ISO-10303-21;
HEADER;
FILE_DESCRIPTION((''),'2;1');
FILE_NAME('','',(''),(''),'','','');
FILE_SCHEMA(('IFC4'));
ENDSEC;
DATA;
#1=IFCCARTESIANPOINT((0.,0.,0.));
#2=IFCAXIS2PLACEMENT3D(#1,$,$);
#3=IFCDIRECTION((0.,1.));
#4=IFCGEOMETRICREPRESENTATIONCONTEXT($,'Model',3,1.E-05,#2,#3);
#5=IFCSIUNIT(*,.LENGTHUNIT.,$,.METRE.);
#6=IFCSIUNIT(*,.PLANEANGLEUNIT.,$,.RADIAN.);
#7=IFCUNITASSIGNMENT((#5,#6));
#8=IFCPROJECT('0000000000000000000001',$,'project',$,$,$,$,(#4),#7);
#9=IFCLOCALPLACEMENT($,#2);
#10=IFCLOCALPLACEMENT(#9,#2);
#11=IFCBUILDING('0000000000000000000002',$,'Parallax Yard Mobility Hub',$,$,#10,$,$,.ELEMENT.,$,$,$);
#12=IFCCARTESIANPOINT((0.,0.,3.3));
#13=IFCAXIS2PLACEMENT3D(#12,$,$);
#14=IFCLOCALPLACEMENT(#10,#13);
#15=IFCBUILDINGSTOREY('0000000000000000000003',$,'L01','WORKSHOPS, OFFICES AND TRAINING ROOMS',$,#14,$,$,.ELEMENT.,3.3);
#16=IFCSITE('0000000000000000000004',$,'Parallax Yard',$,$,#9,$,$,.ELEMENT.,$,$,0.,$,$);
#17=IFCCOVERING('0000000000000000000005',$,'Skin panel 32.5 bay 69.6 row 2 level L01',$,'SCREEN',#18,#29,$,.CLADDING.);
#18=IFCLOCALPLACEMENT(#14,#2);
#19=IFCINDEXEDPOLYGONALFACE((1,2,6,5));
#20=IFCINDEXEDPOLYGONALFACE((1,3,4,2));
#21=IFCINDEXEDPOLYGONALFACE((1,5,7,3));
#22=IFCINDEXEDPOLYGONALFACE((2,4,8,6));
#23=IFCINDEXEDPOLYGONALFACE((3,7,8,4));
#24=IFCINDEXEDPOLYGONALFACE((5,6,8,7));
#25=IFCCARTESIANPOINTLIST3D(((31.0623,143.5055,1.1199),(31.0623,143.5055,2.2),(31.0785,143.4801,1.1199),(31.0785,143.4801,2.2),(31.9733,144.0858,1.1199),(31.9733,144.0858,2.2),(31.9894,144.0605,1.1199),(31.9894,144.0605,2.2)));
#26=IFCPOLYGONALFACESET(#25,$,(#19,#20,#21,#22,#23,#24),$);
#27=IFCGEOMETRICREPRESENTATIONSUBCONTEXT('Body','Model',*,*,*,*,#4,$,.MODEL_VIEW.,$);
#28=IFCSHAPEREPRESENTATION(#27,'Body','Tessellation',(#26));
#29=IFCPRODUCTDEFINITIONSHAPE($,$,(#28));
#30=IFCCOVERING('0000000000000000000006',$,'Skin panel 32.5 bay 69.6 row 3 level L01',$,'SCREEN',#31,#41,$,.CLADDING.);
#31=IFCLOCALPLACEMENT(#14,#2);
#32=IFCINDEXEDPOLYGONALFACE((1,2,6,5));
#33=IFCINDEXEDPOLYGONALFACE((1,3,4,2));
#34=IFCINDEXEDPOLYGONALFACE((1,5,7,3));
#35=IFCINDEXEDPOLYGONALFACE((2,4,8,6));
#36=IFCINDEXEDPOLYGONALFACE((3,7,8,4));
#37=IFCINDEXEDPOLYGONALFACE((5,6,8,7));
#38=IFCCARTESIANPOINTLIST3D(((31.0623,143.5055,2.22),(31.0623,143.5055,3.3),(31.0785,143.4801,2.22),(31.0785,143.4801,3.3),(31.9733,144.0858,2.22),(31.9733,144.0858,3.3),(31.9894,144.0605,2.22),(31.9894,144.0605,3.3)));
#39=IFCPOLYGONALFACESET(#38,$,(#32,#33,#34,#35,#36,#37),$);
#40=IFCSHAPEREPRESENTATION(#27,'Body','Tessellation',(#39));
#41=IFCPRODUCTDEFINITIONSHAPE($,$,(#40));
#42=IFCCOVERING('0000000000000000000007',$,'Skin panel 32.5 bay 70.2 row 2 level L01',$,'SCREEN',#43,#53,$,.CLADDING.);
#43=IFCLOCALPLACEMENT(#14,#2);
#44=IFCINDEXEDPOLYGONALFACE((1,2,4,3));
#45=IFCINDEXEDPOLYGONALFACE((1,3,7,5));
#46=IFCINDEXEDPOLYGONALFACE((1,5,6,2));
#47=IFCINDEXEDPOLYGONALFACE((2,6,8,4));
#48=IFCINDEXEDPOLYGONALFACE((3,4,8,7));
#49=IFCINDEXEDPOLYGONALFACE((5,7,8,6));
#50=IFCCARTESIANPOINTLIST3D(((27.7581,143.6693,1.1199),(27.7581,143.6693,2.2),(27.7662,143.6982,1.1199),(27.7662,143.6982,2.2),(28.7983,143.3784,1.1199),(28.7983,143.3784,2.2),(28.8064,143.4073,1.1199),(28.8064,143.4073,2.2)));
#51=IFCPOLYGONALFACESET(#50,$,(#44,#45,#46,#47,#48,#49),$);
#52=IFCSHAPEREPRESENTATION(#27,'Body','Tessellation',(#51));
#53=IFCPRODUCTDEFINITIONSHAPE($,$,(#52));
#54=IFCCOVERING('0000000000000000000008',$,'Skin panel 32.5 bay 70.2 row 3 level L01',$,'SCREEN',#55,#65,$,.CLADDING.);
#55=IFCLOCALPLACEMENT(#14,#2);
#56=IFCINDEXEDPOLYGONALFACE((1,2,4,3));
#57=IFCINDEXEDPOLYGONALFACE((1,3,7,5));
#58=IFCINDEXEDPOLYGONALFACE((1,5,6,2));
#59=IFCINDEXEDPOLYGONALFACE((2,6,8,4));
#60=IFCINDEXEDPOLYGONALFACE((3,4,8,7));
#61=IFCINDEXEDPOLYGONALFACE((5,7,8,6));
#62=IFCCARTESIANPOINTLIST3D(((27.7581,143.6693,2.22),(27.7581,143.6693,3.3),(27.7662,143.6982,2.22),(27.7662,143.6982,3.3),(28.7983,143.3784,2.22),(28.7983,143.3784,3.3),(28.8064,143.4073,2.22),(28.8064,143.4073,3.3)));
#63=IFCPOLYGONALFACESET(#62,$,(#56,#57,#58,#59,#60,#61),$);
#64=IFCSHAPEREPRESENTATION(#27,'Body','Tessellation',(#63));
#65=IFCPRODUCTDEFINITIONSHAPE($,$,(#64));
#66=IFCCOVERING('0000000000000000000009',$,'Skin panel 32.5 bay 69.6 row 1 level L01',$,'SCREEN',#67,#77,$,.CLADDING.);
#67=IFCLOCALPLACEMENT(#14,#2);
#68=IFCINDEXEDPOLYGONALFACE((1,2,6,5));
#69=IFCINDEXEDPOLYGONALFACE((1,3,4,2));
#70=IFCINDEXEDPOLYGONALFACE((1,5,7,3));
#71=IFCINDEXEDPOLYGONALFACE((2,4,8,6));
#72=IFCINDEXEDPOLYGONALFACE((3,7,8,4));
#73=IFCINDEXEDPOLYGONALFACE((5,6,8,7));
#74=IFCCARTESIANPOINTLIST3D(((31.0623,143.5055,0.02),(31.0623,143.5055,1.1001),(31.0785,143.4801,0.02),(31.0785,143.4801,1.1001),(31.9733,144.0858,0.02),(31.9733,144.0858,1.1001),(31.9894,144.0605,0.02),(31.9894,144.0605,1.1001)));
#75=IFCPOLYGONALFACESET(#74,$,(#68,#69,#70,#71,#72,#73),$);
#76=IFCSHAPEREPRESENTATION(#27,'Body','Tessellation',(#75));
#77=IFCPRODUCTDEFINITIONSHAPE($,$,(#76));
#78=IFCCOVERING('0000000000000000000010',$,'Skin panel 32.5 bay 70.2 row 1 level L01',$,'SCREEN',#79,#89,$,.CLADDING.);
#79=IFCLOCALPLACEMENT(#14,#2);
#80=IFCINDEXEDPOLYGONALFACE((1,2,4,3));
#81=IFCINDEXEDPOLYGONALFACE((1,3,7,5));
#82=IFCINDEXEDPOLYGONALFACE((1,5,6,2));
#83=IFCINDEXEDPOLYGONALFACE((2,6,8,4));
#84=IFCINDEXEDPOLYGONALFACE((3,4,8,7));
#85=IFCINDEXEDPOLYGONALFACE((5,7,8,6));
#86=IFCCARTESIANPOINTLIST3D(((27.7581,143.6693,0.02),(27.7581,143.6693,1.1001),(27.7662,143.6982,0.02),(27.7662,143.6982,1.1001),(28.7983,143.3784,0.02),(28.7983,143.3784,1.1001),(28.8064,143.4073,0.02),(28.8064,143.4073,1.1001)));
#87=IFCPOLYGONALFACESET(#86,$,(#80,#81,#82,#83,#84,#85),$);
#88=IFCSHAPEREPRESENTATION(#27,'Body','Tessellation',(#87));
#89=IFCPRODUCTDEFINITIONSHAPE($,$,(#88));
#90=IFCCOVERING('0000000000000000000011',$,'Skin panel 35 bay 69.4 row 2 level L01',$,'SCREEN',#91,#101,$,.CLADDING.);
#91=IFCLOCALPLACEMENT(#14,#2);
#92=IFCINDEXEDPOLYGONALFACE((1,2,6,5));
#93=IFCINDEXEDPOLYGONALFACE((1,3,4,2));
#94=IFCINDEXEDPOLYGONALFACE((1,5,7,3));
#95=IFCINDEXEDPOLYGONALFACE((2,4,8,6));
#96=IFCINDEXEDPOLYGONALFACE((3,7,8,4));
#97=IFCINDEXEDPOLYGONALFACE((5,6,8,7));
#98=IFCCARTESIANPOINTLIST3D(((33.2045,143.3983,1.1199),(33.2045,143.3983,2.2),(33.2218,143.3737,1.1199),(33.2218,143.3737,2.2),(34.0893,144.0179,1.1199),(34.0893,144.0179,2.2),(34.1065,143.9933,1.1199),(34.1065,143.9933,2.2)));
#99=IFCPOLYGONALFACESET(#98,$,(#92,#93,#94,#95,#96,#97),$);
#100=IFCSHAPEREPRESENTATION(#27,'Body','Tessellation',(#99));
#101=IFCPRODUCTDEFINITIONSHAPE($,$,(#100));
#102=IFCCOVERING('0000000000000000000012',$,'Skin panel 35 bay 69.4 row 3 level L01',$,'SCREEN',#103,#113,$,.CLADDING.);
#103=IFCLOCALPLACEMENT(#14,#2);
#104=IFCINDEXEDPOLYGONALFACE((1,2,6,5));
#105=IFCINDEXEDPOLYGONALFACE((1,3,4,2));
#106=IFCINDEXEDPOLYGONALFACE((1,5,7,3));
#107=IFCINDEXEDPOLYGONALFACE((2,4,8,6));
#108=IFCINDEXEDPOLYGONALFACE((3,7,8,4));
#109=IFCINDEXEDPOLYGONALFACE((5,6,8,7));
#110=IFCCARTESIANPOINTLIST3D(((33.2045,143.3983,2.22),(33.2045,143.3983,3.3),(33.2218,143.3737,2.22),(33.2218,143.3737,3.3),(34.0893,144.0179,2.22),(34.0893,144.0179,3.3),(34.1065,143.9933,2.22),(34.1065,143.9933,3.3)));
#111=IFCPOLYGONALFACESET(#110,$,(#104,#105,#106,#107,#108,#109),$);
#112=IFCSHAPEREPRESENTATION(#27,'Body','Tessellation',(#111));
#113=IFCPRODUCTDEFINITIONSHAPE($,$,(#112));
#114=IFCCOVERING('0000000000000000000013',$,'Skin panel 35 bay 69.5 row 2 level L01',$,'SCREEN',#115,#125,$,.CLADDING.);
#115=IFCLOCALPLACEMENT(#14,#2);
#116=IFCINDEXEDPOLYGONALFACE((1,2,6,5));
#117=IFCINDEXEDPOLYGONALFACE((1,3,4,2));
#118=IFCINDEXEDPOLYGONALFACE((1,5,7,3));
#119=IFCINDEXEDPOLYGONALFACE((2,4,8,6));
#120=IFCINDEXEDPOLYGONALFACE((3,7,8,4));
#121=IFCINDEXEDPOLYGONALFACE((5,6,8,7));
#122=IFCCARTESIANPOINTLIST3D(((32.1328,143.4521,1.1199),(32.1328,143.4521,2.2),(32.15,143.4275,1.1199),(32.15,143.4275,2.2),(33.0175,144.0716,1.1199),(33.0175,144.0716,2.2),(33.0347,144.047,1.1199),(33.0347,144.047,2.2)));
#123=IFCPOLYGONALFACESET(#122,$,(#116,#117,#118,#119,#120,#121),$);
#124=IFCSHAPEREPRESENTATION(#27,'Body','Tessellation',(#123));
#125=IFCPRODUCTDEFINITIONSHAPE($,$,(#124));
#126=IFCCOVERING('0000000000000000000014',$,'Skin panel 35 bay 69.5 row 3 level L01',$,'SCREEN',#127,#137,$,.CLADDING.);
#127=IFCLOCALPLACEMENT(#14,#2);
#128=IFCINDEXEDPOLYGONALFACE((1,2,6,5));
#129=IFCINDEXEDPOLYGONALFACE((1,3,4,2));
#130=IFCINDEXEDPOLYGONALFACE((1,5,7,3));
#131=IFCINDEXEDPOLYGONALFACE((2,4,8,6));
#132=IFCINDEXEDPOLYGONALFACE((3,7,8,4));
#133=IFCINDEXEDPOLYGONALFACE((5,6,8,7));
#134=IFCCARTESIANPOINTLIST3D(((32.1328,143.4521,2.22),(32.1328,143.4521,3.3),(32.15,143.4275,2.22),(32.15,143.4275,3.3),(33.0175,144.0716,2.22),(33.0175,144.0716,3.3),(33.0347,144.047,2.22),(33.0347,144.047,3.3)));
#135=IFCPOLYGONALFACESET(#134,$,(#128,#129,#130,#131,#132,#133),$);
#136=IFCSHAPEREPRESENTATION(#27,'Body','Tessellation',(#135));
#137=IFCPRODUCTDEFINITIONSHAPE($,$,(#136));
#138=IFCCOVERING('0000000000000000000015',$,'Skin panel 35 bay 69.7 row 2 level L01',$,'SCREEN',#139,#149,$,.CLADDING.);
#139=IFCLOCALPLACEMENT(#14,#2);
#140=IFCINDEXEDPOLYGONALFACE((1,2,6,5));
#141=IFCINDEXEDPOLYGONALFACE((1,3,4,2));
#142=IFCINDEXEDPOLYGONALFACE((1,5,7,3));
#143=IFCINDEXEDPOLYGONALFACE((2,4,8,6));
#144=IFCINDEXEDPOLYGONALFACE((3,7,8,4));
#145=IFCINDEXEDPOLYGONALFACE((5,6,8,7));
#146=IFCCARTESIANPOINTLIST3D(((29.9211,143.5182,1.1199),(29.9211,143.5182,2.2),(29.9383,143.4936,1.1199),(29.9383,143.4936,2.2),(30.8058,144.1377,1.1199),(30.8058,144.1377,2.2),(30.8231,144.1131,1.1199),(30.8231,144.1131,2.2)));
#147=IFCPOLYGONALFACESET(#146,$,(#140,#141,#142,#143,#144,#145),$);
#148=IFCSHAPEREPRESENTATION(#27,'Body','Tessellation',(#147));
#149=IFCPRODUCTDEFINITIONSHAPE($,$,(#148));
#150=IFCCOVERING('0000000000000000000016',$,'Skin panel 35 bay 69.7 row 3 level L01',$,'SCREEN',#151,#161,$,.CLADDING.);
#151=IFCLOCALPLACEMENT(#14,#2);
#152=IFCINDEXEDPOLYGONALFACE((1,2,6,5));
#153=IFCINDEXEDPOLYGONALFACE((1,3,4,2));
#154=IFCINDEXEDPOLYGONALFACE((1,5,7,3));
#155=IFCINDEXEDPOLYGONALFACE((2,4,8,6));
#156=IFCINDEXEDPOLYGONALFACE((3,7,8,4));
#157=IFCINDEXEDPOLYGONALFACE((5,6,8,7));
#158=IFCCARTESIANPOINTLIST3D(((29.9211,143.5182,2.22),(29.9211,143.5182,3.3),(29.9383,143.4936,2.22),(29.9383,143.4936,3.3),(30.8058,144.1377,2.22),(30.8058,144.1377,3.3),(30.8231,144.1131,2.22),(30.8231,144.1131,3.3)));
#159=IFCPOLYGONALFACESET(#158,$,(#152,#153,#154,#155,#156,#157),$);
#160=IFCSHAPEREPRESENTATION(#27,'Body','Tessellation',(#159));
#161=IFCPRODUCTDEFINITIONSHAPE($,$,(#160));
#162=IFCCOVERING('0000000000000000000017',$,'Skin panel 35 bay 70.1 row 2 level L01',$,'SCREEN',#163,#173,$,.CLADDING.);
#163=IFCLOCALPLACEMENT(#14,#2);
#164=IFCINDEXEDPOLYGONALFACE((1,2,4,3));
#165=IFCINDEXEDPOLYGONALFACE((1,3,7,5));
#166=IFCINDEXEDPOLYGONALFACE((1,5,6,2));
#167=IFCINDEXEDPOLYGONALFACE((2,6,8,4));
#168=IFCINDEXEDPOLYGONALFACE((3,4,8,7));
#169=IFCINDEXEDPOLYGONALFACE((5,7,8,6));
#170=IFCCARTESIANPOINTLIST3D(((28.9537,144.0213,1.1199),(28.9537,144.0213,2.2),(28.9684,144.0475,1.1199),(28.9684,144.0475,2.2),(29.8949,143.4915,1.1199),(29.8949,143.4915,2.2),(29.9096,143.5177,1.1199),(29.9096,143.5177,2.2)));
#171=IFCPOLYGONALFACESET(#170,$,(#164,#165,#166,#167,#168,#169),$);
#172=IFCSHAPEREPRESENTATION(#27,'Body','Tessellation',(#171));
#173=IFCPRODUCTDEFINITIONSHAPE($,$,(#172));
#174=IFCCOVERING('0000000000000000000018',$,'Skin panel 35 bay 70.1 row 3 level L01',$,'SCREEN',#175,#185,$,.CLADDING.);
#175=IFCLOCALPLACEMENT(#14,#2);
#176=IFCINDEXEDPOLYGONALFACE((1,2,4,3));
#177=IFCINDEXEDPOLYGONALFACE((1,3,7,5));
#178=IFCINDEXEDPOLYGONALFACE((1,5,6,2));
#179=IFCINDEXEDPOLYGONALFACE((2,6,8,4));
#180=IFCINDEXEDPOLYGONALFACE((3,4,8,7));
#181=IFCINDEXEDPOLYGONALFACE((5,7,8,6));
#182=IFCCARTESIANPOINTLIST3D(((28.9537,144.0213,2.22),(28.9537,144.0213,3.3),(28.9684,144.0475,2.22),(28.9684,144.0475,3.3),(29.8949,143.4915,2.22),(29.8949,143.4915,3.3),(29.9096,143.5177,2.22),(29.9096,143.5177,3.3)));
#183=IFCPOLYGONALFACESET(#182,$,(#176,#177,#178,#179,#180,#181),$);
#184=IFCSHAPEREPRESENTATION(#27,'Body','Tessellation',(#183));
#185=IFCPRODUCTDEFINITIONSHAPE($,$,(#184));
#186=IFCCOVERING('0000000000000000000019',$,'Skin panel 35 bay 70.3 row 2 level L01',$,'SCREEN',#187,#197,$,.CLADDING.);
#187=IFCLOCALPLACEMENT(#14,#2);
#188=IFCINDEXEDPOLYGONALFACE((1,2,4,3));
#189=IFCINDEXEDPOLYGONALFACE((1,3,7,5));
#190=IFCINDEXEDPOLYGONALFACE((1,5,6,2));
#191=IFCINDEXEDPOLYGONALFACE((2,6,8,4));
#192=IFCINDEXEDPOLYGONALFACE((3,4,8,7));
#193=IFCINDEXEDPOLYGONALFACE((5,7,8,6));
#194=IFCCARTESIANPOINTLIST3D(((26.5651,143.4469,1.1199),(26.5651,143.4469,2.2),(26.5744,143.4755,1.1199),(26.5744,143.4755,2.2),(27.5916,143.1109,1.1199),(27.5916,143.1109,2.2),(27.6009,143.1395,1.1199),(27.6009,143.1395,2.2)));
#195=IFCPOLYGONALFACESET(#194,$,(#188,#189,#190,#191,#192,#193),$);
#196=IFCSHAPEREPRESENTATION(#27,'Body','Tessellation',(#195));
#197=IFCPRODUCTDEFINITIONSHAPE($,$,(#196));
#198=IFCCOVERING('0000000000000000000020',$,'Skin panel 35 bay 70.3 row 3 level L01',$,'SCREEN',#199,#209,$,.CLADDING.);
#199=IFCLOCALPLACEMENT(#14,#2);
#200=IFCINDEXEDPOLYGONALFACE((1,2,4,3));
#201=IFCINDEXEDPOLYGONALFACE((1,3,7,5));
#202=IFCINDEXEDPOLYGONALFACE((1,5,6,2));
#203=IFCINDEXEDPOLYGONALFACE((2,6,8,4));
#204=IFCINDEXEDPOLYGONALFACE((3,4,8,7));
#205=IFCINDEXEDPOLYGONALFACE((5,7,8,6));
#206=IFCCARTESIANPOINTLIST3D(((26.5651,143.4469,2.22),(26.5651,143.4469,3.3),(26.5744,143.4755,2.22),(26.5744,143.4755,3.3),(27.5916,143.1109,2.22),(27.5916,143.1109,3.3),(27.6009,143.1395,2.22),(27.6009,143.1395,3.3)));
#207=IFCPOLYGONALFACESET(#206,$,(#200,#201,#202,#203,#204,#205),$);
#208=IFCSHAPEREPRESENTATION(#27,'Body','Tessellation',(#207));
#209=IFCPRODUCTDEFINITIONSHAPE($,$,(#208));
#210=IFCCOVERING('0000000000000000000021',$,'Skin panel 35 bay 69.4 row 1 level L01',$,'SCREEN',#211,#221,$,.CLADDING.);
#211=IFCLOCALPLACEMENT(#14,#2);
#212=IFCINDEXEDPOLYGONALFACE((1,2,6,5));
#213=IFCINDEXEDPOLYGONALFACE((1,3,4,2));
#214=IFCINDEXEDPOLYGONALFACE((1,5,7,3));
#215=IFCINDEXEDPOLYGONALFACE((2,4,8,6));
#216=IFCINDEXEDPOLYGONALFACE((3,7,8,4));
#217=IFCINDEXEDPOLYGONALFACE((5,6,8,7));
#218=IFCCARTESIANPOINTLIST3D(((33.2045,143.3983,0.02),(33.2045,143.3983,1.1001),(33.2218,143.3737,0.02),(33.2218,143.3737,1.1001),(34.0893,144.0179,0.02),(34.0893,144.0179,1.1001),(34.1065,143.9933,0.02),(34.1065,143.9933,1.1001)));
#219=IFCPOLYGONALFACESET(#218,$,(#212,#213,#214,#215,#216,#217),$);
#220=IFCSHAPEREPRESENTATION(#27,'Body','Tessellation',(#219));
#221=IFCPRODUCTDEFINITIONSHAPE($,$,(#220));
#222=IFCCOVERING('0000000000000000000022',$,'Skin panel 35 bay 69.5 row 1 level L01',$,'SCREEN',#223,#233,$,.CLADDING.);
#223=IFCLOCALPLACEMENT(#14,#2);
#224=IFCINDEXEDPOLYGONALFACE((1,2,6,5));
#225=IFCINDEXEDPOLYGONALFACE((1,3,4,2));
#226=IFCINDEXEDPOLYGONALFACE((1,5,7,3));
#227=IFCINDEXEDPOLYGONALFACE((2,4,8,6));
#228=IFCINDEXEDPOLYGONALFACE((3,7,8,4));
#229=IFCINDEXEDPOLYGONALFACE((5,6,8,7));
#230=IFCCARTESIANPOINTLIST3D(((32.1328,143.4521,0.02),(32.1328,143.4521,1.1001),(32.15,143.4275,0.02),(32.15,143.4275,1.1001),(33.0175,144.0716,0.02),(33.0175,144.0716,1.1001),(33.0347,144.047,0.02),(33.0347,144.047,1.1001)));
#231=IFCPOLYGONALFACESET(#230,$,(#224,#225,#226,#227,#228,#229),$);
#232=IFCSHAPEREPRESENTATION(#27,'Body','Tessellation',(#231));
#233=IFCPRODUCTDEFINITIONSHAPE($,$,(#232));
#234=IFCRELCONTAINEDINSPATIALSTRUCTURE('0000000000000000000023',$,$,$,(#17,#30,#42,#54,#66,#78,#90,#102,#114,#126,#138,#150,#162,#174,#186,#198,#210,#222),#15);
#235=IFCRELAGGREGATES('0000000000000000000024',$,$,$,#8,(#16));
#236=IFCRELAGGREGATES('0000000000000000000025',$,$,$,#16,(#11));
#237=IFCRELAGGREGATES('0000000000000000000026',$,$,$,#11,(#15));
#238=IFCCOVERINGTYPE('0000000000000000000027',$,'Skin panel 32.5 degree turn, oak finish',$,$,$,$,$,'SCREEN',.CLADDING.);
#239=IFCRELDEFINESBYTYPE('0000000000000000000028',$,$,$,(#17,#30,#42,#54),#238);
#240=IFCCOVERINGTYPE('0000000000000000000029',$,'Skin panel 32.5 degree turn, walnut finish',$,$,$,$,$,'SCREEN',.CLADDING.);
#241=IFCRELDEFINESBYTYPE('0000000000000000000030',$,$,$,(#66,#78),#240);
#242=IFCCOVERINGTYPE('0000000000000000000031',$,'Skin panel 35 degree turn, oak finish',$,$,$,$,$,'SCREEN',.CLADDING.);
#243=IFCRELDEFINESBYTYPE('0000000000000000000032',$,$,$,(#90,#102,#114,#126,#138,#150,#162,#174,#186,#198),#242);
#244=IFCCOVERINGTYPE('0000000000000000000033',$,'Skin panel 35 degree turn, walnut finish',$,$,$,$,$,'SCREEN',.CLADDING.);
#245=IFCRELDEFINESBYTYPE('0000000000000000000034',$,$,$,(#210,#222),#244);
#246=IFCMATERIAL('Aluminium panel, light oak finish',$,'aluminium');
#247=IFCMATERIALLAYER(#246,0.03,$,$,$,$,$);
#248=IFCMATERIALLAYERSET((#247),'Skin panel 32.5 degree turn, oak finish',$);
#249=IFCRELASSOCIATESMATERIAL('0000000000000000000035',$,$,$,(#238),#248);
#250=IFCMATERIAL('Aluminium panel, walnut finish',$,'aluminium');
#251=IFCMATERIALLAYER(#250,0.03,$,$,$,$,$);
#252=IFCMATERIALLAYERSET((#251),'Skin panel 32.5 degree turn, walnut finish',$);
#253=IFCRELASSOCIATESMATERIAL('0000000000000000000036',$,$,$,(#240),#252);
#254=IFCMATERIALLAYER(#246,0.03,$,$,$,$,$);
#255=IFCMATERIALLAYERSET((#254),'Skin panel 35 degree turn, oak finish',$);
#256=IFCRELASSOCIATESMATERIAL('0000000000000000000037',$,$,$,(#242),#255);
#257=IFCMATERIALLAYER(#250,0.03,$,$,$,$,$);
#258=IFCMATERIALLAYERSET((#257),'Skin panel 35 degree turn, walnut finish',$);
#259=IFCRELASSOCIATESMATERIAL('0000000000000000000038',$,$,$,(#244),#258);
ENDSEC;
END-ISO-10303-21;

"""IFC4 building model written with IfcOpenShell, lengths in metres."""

from ifc_helpers import new_model, si_unit, direction, frame, origin, origin_2d, place, context, subcontext, project, spatial, rectangle, extrude, material, layer, layer_set, type_object, element, save


model = new_model("IFC4")

# Units and contexts
model_context = context("Model", 3, precision=1e-05, world=origin(), true_north=direction((0.0, 1.0)))
body_context = subcontext(model_context, "Body", "Model", "MODEL_VIEW")
ifc_project = project(units=[si_unit("LENGTHUNIT", "METRE"), si_unit("PLANEANGLEUNIT", "RADIAN")], contexts=[model_context])

# Site, building, storey
site_placement = place(None, origin())
site = spatial("IfcSite", under=ifc_project, at=site_placement, Name="Parallax Yard", CompositionType="ELEMENT", RefElevation=0.0)
building_placement = place(site_placement, origin())
building = spatial("IfcBuilding", under=site, at=building_placement, Name="Parallax Yard Mobility Hub", CompositionType="ELEMENT")
storey_placement = place(building_placement, frame((0.0, 0.0, 3.3)))
storey = spatial("IfcBuildingStorey", under=building, at=storey_placement, Name="L01", Description="WORKSHOPS, OFFICES AND TRAINING ROOMS", CompositionType="ELEMENT", Elevation=3.3)

# Coverings
ifc_material_1 = material(Name="Aluminium panel, light oak finish", Category="aluminium")
ifc_layer_1 = layer(ifc_material_1, 0.03)
ifc_layer_set_1 = layer_set([ifc_layer_1], Name="Skin panel 32.5 degree turn, oak finish")
covering_type_1 = type_object("IfcCoveringType", Name="Skin panel 32.5 degree turn, oak finish", ElementType="SCREEN", PredefinedType="CLADDING", material=ifc_layer_set_1)
for number, where, z_axis, x_axis, name in (
    (1, (31.5259, 143.783, 1.1199), (0.0, 0.0, 1.0), (0.843391, 0.5373, 0.0), "Skin panel 32.5 bay 69.6 row 2 level L01"),
    (2, (31.5259, 143.783, 2.22), (0.0, 0.0, 1.0), (0.843391, 0.5373, 0.0), "Skin panel 32.5 bay 69.6 row 3 level L01"),
    (3, (28.2822, 143.5383, 1.1199), (0.0, 0.0, 1.0), (-0.963045, 0.26934, 0.0), "Skin panel 32.5 bay 70.2 row 2 level L01"),
    (4, (28.2822, 143.5383, 2.22), (0.0, 0.0, 1.0), (-0.963045, 0.26934, 0.0), "Skin panel 32.5 bay 70.2 row 3 level L01"),
):
    element("IfcCovering", number, at=place(storey_placement, frame(where, z_axis=z_axis, x_axis=x_axis)), inside=storey, type_object=covering_type_1, Name=name, ObjectType="SCREEN", PredefinedType="CLADDING", context=body_context, shape_type="SweptSolid", body=[
        extrude(rectangle(XDim=1.0801, YDim=0.03, at=origin_2d()), origin(), (0.0, 0.0, 1.0), 1.0801),
    ])
ifc_material_2 = material(Name="Aluminium panel, walnut finish", Category="aluminium")
ifc_layer_2 = layer(ifc_material_2, 0.03)
ifc_layer_set_2 = layer_set([ifc_layer_2], Name="Skin panel 32.5 degree turn, walnut finish")
covering_type_2 = type_object("IfcCoveringType", Name="Skin panel 32.5 degree turn, walnut finish", ElementType="SCREEN", PredefinedType="CLADDING", material=ifc_layer_set_2)
for number, where, z_axis, x_axis, name in (
    (5, (31.5259, 143.783, 0.02), (0.0, 0.0, 1.0), (0.843391, 0.5373, 0.0), "Skin panel 32.5 bay 69.6 row 1 level L01"),
    (6, (28.2822, 143.5383, 0.02), (0.0, 0.0, 1.0), (-0.963045, 0.26934, 0.0), "Skin panel 32.5 bay 70.2 row 1 level L01"),
):
    element("IfcCovering", number, at=place(storey_placement, frame(where, z_axis=z_axis, x_axis=x_axis)), inside=storey, type_object=covering_type_2, Name=name, ObjectType="SCREEN", PredefinedType="CLADDING", context=body_context, shape_type="SweptSolid", body=[
        extrude(rectangle(XDim=1.0801, YDim=0.03, at=origin_2d()), origin(), (0.0, 0.0, 1.0), 1.0801),
    ])
ifc_layer_3 = layer(ifc_material_1, 0.03)
ifc_layer_set_3 = layer_set([ifc_layer_3], Name="Skin panel 35 degree turn, oak finish")
covering_type_3 = type_object("IfcCoveringType", Name="Skin panel 35 degree turn, oak finish", ElementType="SCREEN", PredefinedType="CLADDING", material=ifc_layer_set_3)
for number, where, z_axis, x_axis, name in (
    (7, (33.6555, 143.6958, 1.1199), (0.0, 0.0, 1.0), (0.819152, 0.573576, 0.0), "Skin panel 35 bay 69.4 row 2 level L01"),
    (8, (33.6555, 143.6958, 2.22), (0.0, 0.0, 1.0), (0.819152, 0.573576, 0.0), "Skin panel 35 bay 69.4 row 3 level L01"),
    (9, (32.5837, 143.7495, 1.1199), (0.0, 0.0, 1.0), (0.819152, 0.573576, 0.0), "Skin panel 35 bay 69.5 row 2 level L01"),
    (10, (32.5837, 143.7495, 2.22), (0.0, 0.0, 1.0), (0.819152, 0.573576, 0.0), "Skin panel 35 bay 69.5 row 3 level L01"),
    (11, (30.3721, 143.8157, 1.1199), (0.0, 0.0, 1.0), (0.819152, 0.573576, 0.0), "Skin panel 35 bay 69.7 row 2 level L01"),
    (12, (30.3721, 143.8157, 2.22), (0.0, 0.0, 1.0), (0.819152, 0.573576, 0.0), "Skin panel 35 bay 69.7 row 3 level L01"),
    (13, (29.4316, 143.7695, 1.1199), (0.0, 0.0, 1.0), (-0.871428, 0.490524, 0.0), "Skin panel 35 bay 70.1 row 2 level L01"),
    (14, (29.4316, 143.7695, 2.22), (0.0, 0.0, 1.0), (-0.871428, 0.490524, 0.0), "Skin panel 35 bay 70.1 row 3 level L01"),
    (15, (27.083, 143.2932, 1.1199), (0.0, 0.0, 1.0), (-0.95038, 0.311091, 0.0), "Skin panel 35 bay 70.3 row 2 level L01"),
    (16, (27.083, 143.2932, 2.22), (0.0, 0.0, 1.0), (-0.95038, 0.311091, 0.0), "Skin panel 35 bay 70.3 row 3 level L01"),
):
    element("IfcCovering", number, at=place(storey_placement, frame(where, z_axis=z_axis, x_axis=x_axis)), inside=storey, type_object=covering_type_3, Name=name, ObjectType="SCREEN", PredefinedType="CLADDING", context=body_context, shape_type="SweptSolid", body=[
        extrude(rectangle(XDim=1.0801, YDim=0.03, at=origin_2d()), origin(), (0.0, 0.0, 1.0), 1.0801),
    ])
ifc_layer_4 = layer(ifc_material_2, 0.03)
ifc_layer_set_4 = layer_set([ifc_layer_4], Name="Skin panel 35 degree turn, walnut finish")
covering_type_4 = type_object("IfcCoveringType", Name="Skin panel 35 degree turn, walnut finish", ElementType="SCREEN", PredefinedType="CLADDING", material=ifc_layer_set_4)
for number, where, z_axis, x_axis, name in (
    (17, (33.6555, 143.6958, 0.02), (0.0, 0.0, 1.0), (0.819152, 0.573576, 0.0), "Skin panel 35 bay 69.4 row 1 level L01"),
    (18, (32.5837, 143.7495, 0.02), (0.0, 0.0, 1.0), (0.819152, 0.573576, 0.0), "Skin panel 35 bay 69.5 row 1 level L01"),
):
    element("IfcCovering", number, at=place(storey_placement, frame(where, z_axis=z_axis, x_axis=x_axis)), inside=storey, type_object=covering_type_4, Name=name, ObjectType="SCREEN", PredefinedType="CLADDING", context=body_context, shape_type="SweptSolid", body=[
        extrude(rectangle(XDim=1.0801, YDim=0.03, at=origin_2d()), origin(), (0.0, 0.0, 1.0), 1.0801),
    ])

save(model, "model.ifc")
